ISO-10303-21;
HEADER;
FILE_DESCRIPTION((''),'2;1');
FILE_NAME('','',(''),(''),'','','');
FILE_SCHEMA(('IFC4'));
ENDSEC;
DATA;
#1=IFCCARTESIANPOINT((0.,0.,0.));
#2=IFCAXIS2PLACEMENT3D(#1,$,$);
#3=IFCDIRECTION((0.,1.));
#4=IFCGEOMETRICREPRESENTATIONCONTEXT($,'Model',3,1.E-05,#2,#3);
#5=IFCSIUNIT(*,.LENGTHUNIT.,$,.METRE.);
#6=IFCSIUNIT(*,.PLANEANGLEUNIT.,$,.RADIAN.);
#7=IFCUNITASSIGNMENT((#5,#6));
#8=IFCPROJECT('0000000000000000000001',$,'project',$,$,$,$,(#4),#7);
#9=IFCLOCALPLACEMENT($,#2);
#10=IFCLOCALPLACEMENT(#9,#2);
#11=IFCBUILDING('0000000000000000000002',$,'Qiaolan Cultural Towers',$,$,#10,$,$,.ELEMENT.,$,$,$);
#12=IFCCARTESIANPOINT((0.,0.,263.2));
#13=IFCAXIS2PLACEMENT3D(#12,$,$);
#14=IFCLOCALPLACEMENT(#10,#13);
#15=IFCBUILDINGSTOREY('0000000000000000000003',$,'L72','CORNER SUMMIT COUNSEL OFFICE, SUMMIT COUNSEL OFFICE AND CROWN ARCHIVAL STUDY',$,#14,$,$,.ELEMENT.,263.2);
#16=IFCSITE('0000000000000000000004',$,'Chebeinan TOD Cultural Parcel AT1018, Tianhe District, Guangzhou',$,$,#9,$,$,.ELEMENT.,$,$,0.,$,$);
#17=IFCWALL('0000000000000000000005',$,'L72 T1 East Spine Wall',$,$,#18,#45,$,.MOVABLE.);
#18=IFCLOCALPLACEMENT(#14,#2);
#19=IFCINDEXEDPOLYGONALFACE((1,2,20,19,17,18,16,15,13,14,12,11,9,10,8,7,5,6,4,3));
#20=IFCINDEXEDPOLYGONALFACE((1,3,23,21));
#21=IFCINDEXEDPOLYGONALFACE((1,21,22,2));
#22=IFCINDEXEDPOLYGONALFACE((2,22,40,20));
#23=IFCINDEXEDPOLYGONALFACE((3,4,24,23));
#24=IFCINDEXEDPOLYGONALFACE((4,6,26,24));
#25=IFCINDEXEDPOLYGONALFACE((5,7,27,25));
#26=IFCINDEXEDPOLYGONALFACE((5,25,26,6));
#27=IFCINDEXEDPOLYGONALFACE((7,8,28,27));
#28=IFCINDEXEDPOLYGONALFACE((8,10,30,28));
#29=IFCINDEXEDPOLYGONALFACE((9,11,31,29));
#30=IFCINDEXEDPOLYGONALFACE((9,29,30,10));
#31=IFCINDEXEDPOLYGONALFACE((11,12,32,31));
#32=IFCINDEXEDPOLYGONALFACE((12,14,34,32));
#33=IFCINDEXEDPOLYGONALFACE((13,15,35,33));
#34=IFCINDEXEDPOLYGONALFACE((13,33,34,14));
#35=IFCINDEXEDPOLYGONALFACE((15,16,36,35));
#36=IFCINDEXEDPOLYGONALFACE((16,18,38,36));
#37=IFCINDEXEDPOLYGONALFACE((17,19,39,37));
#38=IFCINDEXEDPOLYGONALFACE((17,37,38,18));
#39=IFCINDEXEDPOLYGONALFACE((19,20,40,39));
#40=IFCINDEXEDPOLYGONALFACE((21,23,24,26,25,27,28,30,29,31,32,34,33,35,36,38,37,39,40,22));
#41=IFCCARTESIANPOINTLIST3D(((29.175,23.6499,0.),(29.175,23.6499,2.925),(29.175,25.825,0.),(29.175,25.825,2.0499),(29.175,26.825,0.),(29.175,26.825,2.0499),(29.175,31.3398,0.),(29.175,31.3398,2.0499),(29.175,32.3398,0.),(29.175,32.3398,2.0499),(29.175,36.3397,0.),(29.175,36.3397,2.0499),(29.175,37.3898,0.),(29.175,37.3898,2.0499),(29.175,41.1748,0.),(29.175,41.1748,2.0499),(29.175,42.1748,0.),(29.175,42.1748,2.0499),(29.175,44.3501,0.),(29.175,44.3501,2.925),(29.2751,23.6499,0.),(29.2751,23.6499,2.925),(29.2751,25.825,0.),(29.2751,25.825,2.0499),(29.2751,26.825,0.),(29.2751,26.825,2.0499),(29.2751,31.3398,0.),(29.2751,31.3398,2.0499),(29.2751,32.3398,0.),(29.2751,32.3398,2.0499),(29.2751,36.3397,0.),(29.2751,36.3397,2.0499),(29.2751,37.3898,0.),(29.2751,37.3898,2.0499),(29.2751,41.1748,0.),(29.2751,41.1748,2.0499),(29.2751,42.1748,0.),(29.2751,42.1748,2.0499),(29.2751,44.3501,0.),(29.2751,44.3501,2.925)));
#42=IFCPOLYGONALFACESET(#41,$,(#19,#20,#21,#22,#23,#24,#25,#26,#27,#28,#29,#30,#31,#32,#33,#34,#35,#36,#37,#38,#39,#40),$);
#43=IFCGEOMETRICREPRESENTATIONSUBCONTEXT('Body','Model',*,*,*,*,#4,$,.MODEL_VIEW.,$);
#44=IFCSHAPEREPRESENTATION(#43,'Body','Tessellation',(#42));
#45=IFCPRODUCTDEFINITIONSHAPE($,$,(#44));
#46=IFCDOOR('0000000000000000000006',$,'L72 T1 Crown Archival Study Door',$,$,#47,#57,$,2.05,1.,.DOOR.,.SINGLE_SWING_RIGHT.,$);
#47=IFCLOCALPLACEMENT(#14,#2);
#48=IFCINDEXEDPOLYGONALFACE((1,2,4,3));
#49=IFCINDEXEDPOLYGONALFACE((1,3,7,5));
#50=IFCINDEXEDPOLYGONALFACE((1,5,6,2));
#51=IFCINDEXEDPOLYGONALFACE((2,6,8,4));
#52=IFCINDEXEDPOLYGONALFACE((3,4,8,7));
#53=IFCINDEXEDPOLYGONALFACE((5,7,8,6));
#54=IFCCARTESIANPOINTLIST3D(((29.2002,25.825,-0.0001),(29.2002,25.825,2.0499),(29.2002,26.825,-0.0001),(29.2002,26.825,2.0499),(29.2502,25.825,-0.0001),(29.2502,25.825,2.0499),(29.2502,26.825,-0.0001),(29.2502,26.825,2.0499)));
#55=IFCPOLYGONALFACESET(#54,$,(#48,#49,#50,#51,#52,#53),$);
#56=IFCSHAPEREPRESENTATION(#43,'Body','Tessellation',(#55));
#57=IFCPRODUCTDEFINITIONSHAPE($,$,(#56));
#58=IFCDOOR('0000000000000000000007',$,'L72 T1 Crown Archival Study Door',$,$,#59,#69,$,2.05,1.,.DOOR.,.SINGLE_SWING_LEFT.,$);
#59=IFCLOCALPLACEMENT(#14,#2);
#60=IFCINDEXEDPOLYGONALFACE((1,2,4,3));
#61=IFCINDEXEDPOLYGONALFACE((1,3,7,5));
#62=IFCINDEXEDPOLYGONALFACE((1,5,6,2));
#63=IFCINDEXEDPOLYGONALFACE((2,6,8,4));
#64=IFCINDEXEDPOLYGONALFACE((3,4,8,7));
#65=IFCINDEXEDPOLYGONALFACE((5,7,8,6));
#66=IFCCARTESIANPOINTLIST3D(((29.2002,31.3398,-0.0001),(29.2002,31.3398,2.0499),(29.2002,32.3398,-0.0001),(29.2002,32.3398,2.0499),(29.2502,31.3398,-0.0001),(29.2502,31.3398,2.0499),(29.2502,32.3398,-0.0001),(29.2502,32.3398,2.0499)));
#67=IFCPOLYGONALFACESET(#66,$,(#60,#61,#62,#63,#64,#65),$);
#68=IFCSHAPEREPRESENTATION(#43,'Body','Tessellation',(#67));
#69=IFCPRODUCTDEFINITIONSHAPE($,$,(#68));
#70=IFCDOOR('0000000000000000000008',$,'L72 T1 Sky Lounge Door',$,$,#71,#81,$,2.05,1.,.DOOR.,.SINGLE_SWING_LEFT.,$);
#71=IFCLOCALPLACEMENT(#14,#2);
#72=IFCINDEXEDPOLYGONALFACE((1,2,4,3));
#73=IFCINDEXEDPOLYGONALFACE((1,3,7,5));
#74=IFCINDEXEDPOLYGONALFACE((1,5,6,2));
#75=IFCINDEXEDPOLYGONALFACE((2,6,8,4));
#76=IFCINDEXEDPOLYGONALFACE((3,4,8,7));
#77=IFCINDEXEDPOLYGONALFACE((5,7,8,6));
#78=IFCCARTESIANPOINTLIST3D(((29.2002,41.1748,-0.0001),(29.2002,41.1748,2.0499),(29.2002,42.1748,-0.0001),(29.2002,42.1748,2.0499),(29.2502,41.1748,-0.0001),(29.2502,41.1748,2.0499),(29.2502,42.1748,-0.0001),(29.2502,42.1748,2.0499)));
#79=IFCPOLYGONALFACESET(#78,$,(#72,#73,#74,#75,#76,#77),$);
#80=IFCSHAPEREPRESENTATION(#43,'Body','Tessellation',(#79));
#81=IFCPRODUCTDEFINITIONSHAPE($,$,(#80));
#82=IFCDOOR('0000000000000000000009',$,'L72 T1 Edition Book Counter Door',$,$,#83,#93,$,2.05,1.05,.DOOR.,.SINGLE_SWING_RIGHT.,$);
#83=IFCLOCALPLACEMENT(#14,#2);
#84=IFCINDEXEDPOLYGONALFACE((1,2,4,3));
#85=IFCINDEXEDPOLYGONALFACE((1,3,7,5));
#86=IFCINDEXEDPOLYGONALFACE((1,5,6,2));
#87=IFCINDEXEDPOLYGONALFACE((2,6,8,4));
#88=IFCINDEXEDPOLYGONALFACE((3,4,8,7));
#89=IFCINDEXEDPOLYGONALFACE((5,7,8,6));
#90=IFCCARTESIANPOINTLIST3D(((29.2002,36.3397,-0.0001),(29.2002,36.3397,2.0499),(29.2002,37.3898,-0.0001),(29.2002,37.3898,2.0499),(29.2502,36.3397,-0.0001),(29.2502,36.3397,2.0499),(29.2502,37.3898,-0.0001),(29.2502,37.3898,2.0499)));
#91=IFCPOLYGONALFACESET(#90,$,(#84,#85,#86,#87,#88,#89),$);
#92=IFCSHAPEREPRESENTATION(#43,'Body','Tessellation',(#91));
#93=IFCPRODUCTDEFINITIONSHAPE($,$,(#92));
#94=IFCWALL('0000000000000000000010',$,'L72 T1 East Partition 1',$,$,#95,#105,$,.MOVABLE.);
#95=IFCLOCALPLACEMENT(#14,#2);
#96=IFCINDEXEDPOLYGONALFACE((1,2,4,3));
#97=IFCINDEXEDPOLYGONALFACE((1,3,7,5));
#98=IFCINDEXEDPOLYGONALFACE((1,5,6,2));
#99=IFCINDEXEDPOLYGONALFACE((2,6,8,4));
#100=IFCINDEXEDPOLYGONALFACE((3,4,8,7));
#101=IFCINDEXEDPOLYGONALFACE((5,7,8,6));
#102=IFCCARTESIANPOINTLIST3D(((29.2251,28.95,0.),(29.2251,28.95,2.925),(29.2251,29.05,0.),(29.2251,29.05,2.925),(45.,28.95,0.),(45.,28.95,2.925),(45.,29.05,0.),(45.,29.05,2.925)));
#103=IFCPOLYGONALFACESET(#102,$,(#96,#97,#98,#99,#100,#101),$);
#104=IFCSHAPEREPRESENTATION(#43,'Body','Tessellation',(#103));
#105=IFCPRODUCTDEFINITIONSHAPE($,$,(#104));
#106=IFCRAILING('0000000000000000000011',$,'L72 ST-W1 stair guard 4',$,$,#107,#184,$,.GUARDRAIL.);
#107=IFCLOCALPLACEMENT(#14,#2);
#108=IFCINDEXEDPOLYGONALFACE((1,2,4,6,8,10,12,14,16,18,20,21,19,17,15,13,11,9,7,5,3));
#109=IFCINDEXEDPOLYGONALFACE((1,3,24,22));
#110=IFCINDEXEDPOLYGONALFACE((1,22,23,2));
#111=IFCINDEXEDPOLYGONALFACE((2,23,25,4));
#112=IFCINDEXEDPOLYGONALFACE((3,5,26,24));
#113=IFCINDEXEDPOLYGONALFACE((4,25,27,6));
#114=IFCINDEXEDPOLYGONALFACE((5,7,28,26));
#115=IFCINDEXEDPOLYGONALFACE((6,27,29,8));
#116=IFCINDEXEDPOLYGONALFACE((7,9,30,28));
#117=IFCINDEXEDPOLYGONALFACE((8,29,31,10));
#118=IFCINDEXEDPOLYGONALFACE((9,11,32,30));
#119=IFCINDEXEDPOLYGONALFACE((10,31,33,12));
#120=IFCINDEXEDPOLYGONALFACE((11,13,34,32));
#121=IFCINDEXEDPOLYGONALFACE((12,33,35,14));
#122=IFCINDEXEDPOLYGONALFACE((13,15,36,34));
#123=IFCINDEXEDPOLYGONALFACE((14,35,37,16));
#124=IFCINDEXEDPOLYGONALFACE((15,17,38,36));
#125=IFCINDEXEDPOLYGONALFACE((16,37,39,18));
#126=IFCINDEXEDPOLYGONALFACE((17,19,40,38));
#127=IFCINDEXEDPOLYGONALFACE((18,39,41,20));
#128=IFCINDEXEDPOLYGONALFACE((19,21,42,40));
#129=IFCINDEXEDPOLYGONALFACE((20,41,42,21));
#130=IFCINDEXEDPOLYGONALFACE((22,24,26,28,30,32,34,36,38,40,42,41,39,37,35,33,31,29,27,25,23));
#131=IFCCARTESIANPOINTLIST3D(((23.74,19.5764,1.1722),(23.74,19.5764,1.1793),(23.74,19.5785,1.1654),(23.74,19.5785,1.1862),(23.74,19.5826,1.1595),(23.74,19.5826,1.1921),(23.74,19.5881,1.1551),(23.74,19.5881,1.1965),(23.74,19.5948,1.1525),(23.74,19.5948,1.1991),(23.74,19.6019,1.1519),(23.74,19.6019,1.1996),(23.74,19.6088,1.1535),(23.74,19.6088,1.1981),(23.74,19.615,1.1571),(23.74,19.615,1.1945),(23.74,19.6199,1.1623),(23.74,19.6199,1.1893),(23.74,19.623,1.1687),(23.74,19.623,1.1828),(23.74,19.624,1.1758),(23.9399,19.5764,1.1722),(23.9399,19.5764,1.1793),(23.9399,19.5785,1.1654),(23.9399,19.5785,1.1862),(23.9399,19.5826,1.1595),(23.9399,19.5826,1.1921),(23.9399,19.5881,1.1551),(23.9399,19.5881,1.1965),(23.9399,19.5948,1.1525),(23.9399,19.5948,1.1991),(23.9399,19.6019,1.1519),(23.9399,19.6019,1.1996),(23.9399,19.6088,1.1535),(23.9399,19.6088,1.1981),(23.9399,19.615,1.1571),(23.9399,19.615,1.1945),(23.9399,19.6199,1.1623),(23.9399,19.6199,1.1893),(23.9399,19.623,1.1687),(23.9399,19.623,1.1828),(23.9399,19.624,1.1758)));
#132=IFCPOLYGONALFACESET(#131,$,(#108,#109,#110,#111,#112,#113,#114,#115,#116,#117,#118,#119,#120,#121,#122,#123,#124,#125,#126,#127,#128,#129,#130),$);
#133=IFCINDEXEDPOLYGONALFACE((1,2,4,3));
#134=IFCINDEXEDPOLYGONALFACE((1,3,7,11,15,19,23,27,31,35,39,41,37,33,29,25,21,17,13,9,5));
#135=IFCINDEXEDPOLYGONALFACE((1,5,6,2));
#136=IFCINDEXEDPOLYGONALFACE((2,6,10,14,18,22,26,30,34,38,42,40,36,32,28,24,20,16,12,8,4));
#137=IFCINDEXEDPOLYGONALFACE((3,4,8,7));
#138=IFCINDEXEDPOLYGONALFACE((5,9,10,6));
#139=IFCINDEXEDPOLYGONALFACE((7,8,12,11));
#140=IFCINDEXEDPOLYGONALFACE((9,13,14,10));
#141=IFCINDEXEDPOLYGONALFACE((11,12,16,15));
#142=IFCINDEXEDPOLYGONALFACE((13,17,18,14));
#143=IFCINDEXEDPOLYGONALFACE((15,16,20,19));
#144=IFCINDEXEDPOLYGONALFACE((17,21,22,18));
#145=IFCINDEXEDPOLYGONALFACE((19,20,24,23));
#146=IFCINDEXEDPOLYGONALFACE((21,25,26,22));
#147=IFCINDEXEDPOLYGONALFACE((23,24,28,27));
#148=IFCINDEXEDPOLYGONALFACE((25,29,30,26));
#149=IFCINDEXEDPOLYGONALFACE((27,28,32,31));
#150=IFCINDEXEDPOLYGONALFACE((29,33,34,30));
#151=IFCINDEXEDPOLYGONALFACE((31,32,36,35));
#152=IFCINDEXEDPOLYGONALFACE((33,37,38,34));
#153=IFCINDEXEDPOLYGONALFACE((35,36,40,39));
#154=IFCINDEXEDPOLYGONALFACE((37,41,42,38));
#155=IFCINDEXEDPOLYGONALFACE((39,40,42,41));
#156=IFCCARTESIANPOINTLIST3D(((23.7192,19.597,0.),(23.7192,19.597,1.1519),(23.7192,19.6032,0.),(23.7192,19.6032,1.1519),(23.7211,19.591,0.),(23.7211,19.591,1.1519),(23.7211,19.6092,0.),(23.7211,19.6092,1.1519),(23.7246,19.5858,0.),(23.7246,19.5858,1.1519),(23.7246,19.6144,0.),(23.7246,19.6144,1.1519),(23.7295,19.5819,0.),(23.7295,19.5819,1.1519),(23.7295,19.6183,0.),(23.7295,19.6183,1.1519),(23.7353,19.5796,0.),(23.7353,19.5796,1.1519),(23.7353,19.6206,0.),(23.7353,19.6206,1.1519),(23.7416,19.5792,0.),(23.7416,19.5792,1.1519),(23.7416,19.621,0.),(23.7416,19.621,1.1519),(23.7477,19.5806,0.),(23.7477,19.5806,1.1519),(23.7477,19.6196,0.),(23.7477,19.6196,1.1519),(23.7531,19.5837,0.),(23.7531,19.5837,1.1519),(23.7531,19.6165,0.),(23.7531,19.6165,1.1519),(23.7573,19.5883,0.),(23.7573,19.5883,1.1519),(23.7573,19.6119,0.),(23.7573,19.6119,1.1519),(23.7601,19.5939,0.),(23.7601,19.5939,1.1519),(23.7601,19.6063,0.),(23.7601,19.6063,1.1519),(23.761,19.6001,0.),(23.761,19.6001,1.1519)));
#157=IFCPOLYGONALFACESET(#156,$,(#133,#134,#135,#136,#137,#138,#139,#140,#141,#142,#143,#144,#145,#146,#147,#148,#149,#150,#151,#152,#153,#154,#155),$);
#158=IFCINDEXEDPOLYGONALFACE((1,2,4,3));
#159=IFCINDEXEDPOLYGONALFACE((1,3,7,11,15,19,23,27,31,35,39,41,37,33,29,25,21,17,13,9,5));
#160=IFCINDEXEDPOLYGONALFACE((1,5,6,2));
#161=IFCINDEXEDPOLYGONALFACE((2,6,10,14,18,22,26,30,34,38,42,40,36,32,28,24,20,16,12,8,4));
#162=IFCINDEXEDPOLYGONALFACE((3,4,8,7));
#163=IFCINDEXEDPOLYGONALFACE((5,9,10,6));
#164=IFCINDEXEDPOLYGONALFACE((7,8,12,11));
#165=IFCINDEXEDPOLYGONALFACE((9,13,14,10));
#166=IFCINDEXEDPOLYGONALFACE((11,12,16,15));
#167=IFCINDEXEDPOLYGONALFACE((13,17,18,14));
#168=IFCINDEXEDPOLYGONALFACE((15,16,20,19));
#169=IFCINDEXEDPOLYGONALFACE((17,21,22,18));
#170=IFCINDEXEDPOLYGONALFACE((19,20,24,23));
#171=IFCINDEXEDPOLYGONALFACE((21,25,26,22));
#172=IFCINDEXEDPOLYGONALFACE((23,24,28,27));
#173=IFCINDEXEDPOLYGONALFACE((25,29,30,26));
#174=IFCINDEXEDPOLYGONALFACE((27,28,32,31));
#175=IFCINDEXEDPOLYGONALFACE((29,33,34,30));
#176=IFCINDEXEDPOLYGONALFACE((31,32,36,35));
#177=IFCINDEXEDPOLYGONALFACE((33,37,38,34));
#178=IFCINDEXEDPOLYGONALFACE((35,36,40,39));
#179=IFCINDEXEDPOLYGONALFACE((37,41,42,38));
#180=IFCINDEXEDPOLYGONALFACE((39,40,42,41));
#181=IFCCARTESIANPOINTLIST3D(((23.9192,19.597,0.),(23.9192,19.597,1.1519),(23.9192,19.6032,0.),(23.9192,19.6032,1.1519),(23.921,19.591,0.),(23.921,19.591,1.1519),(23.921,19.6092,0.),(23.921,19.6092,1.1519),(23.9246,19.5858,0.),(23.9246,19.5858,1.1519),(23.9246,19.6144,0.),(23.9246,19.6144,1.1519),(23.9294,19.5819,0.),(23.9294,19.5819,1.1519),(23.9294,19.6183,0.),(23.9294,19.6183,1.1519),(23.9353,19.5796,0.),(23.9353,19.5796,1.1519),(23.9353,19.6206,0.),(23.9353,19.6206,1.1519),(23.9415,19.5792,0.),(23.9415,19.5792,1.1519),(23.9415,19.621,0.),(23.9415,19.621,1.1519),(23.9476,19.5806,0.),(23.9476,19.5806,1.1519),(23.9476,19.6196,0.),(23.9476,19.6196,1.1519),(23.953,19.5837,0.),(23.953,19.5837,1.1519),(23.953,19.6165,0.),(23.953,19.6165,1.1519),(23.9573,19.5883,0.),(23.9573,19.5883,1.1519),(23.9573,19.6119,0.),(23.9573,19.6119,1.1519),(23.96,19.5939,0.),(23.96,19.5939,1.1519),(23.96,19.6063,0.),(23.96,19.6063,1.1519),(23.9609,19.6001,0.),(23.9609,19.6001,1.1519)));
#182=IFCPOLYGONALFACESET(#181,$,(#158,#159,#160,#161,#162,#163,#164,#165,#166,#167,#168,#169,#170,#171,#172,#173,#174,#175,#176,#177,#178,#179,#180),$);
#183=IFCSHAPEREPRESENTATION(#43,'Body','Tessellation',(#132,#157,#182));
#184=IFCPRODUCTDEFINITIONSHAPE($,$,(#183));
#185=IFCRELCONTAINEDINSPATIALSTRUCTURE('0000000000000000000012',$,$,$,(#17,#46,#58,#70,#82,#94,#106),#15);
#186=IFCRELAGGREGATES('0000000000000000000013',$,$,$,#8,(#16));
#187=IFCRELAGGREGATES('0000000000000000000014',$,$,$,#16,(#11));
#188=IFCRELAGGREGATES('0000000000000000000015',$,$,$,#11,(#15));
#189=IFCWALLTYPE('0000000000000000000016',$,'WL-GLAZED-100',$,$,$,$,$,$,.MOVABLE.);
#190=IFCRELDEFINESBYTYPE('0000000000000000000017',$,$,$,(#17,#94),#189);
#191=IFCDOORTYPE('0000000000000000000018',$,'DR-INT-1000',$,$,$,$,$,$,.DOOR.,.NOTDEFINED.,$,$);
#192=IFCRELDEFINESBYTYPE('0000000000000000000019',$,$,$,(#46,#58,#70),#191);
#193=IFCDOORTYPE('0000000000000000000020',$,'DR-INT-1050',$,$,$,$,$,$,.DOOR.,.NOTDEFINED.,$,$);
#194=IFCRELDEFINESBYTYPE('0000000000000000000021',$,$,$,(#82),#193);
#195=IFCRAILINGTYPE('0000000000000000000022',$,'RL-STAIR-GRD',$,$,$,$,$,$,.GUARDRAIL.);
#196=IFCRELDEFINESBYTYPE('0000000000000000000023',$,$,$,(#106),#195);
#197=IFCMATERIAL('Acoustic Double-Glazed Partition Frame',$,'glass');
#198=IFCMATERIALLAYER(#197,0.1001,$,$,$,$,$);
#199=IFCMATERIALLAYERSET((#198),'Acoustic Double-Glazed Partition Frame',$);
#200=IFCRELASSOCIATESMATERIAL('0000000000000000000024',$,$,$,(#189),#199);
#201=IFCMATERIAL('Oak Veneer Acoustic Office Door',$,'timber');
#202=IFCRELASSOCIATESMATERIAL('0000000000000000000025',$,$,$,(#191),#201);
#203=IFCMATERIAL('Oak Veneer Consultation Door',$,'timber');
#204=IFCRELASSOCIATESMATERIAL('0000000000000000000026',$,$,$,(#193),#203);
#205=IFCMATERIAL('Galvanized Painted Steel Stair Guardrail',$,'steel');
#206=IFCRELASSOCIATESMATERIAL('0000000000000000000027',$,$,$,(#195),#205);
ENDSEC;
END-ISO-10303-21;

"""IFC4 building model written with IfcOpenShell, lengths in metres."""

from ifc_helpers import new_model, si_unit, direction, frame, frame_2d, origin, origin_2d, place, context, subcontext, project, spatial, rectangle, circle, extrude, material, layer, layer_set, type_object, element, fill, save


model = new_model("IFC4")

# Units and contexts
model_context = context("Model", 3, precision=1e-05, world=origin(), true_north=direction((0.0, 1.0)))
body_context = subcontext(model_context, "Body", "Model", "MODEL_VIEW")
ifc_project = project(units=[si_unit("LENGTHUNIT", "METRE"), si_unit("PLANEANGLEUNIT", "RADIAN")], contexts=[model_context])

# Site, building, storey
site_placement = place(None, origin())
site = spatial("IfcSite", under=ifc_project, at=site_placement, Name="Chebeinan TOD Cultural Parcel AT1018, Tianhe District, Guangzhou", CompositionType="ELEMENT", RefElevation=0.0)
building_placement = place(site_placement, origin())
building = spatial("IfcBuilding", under=site, at=building_placement, Name="Qiaolan Cultural Towers", CompositionType="ELEMENT")
storey_placement = place(building_placement, frame((0.0, 0.0, 263.2)))
storey = spatial("IfcBuildingStorey", under=building, at=storey_placement, Name="L72", Description="CORNER SUMMIT COUNSEL OFFICE, SUMMIT COUNSEL OFFICE AND CROWN ARCHIVAL STUDY", CompositionType="ELEMENT", Elevation=263.2)

# Shared definitions
ifc_material_1 = material(Name="Acoustic Double-Glazed Partition Frame", Category="glass")
ifc_layer_1 = layer(ifc_material_1, 0.1001)
ifc_layer_set_1 = layer_set([ifc_layer_1], Name="Acoustic Double-Glazed Partition Frame")
wall_type_1 = type_object("IfcWallType", Name="WL-GLAZED-100", PredefinedType="MOVABLE", material=ifc_layer_set_1)

# Wall, openings, doors
ifc_material_2 = material(Name="Oak Veneer Acoustic Office Door", Category="timber")
door_type_1 = type_object("IfcDoorType", Name="DR-INT-1000", OperationType="NOTDEFINED", PredefinedType="DOOR", material=ifc_material_2)
ifc_material_3 = material(Name="Oak Veneer Consultation Door", Category="timber")
door_type_2 = type_object("IfcDoorType", Name="DR-INT-1050", OperationType="NOTDEFINED", PredefinedType="DOOR", material=ifc_material_3)
wall_1_placement = place(storey_placement, frame((29.2251, 23.6499, 0.0), z_axis=(0.0, 0.0, 1.0), x_axis=(0.0, 1.0, 0.0)))
wall_1 = element("IfcWall", 1, at=wall_1_placement, inside=storey, type_object=wall_type_1, Name="L72 T1 East Spine Wall", PredefinedType="MOVABLE", context=body_context, shape_type="SweptSolid", body=[
    extrude(rectangle(XDim=20.7002, YDim=0.1001, at=frame_2d((10.3501, 0.0))), origin(), (0.0, 0.0, 1.0), 2.925),
])
opening_1_placement = place(wall_1_placement, frame((2.175, 0.0, 0.0)))
opening_1 = element("IfcOpeningElement", 2, at=opening_1_placement, cuts=wall_1, PredefinedType="OPENING", context=body_context, shape_type="SweptSolid", body=[
    extrude(rectangle(XDim=1.0, YDim=2.05, at=frame_2d((0.5, 1.0249))), frame((0.0, 0.0601, 0.0), z_axis=(0.0, -1.0, 0.0), x_axis=(1.0, 0.0, 0.0)), (0.0, 0.0, 1.0), 0.1201),
])
opening_2_placement = place(wall_1_placement, frame((7.6899, 0.0, 0.0)))
opening_2 = element("IfcOpeningElement", 3, at=opening_2_placement, cuts=wall_1, PredefinedType="OPENING", context=body_context, shape_type="SweptSolid", body=[
    extrude(rectangle(XDim=1.0, YDim=2.05, at=frame_2d((0.5, 1.0249))), frame((0.0, 0.0601, 0.0), z_axis=(0.0, -1.0, 0.0), x_axis=(1.0, 0.0, 0.0)), (0.0, 0.0, 1.0), 0.1201),
])
opening_3_placement = place(wall_1_placement, frame((12.6899, 0.0, 0.0)))
opening_3 = element("IfcOpeningElement", 4, at=opening_3_placement, cuts=wall_1, PredefinedType="OPENING", context=body_context, shape_type="SweptSolid", body=[
    extrude(rectangle(XDim=1.05, YDim=2.05, at=frame_2d((0.5249, 1.0249))), frame((0.0, 0.0601, 0.0), z_axis=(0.0, -1.0, 0.0), x_axis=(1.0, 0.0, 0.0)), (0.0, 0.0, 1.0), 0.1201),
])
opening_4_placement = place(wall_1_placement, frame((17.5249, 0.0, 0.0)))
opening_4 = element("IfcOpeningElement", 5, at=opening_4_placement, cuts=wall_1, PredefinedType="OPENING", context=body_context, shape_type="SweptSolid", body=[
    extrude(rectangle(XDim=1.0, YDim=2.05, at=frame_2d((0.5, 1.0249))), frame((0.0, 0.0601, 0.0), z_axis=(0.0, -1.0, 0.0), x_axis=(1.0, 0.0, 0.0)), (0.0, 0.0, 1.0), 0.1201),
])
door_1_placement = place(opening_1_placement, origin())
door_1 = element("IfcDoor", 6, at=door_1_placement, inside=storey, type_object=door_type_1, Name="L72 T1 Crown Archival Study Door", OperationType="SINGLE_SWING_RIGHT", OverallHeight=2.05, OverallWidth=1.0, PredefinedType="DOOR", context=body_context, shape_type="SweptSolid", body=[
    extrude(rectangle(XDim=1.0, YDim=2.05, at=frame_2d((0.5, 1.0249))), frame((0.0, 0.0249, 0.0), z_axis=(0.0, -1.0, 0.0), x_axis=(1.0, 0.0, 0.0)), (0.0, 0.0, 1.0), 0.05),
])
fill(opening_1, door_1)
door_2_placement = place(opening_2_placement, origin())
door_2 = element("IfcDoor", 7, at=door_2_placement, inside=storey, type_object=door_type_1, Name="L72 T1 Crown Archival Study Door", OperationType="SINGLE_SWING_LEFT", OverallHeight=2.05, OverallWidth=1.0, PredefinedType="DOOR", context=body_context, shape_type="SweptSolid", body=[
    extrude(rectangle(XDim=1.0, YDim=2.05, at=frame_2d((0.5, 1.0249))), frame((0.0, 0.0249, 0.0), z_axis=(0.0, -1.0, 0.0), x_axis=(1.0, 0.0, 0.0)), (0.0, 0.0, 1.0), 0.05),
])
fill(opening_2, door_2)
door_3_placement = place(opening_4_placement, origin())
door_3 = element("IfcDoor", 8, at=door_3_placement, inside=storey, type_object=door_type_1, Name="L72 T1 Sky Lounge Door", OperationType="SINGLE_SWING_LEFT", OverallHeight=2.05, OverallWidth=1.0, PredefinedType="DOOR", context=body_context, shape_type="SweptSolid", body=[
    extrude(rectangle(XDim=1.0, YDim=2.05, at=frame_2d((0.5, 1.0249))), frame((0.0, 0.0249, 0.0), z_axis=(0.0, -1.0, 0.0), x_axis=(1.0, 0.0, 0.0)), (0.0, 0.0, 1.0), 0.05),
])
fill(opening_4, door_3)
door_4_placement = place(opening_3_placement, origin())
door_4 = element("IfcDoor", 9, at=door_4_placement, inside=storey, type_object=door_type_2, Name="L72 T1 Edition Book Counter Door", OperationType="SINGLE_SWING_RIGHT", OverallHeight=2.05, OverallWidth=1.05, PredefinedType="DOOR", context=body_context, shape_type="SweptSolid", body=[
    extrude(rectangle(XDim=1.05, YDim=2.05, at=frame_2d((0.5249, 1.0249))), frame((0.0, 0.0249, 0.0), z_axis=(0.0, -1.0, 0.0), x_axis=(1.0, 0.0, 0.0)), (0.0, 0.0, 1.0), 0.05),
])
fill(opening_3, door_4)

# Wall
wall_2_placement = place(storey_placement, frame((29.2251, 29.0, 0.0), z_axis=(0.0, 0.0, 1.0), x_axis=(1.0, 0.0, 0.0)))
element("IfcWall", 10, at=wall_2_placement, inside=storey, type_object=wall_type_1, Name="L72 T1 East Partition 1", PredefinedType="MOVABLE", context=body_context, shape_type="SweptSolid", body=[
    extrude(rectangle(XDim=15.7749, YDim=0.1001, at=frame_2d((7.8875, 0.0))), origin(), (0.0, 0.0, 1.0), 2.925),
])

# Railing
ifc_material_4 = material(Name="Galvanized Painted Steel Stair Guardrail", Category="steel")
railing_type = type_object("IfcRailingType", Name="RL-STAIR-GRD", PredefinedType="GUARDRAIL", material=ifc_material_4)
railing_placement = place(storey_placement, frame((23.74, 19.6001, 0.0)))
element("IfcRailing", 11, at=railing_placement, inside=storey, type_object=railing_type, Name="L72 ST-W1 stair guard 4", PredefinedType="GUARDRAIL", context=body_context, shape_type="SweptSolid", body=[
    extrude(circle(Radius=0.0239, at=origin_2d()), frame((0.0, 0.0, 1.1758), z_axis=(1.0, 0.0, 0.0), x_axis=(0.0, 1.0, 0.0)), (0.0, 0.0, 1.0), 0.2),
    extrude(circle(Radius=0.021, at=origin_2d()), origin(), (0.0, 0.0, 1.0), 1.1519),
    extrude(circle(Radius=0.021, at=origin_2d()), frame((0.2, 0.0, 0.0)), (0.0, 0.0, 1.0), 1.1519),
])

save(model, "model.ifc")
